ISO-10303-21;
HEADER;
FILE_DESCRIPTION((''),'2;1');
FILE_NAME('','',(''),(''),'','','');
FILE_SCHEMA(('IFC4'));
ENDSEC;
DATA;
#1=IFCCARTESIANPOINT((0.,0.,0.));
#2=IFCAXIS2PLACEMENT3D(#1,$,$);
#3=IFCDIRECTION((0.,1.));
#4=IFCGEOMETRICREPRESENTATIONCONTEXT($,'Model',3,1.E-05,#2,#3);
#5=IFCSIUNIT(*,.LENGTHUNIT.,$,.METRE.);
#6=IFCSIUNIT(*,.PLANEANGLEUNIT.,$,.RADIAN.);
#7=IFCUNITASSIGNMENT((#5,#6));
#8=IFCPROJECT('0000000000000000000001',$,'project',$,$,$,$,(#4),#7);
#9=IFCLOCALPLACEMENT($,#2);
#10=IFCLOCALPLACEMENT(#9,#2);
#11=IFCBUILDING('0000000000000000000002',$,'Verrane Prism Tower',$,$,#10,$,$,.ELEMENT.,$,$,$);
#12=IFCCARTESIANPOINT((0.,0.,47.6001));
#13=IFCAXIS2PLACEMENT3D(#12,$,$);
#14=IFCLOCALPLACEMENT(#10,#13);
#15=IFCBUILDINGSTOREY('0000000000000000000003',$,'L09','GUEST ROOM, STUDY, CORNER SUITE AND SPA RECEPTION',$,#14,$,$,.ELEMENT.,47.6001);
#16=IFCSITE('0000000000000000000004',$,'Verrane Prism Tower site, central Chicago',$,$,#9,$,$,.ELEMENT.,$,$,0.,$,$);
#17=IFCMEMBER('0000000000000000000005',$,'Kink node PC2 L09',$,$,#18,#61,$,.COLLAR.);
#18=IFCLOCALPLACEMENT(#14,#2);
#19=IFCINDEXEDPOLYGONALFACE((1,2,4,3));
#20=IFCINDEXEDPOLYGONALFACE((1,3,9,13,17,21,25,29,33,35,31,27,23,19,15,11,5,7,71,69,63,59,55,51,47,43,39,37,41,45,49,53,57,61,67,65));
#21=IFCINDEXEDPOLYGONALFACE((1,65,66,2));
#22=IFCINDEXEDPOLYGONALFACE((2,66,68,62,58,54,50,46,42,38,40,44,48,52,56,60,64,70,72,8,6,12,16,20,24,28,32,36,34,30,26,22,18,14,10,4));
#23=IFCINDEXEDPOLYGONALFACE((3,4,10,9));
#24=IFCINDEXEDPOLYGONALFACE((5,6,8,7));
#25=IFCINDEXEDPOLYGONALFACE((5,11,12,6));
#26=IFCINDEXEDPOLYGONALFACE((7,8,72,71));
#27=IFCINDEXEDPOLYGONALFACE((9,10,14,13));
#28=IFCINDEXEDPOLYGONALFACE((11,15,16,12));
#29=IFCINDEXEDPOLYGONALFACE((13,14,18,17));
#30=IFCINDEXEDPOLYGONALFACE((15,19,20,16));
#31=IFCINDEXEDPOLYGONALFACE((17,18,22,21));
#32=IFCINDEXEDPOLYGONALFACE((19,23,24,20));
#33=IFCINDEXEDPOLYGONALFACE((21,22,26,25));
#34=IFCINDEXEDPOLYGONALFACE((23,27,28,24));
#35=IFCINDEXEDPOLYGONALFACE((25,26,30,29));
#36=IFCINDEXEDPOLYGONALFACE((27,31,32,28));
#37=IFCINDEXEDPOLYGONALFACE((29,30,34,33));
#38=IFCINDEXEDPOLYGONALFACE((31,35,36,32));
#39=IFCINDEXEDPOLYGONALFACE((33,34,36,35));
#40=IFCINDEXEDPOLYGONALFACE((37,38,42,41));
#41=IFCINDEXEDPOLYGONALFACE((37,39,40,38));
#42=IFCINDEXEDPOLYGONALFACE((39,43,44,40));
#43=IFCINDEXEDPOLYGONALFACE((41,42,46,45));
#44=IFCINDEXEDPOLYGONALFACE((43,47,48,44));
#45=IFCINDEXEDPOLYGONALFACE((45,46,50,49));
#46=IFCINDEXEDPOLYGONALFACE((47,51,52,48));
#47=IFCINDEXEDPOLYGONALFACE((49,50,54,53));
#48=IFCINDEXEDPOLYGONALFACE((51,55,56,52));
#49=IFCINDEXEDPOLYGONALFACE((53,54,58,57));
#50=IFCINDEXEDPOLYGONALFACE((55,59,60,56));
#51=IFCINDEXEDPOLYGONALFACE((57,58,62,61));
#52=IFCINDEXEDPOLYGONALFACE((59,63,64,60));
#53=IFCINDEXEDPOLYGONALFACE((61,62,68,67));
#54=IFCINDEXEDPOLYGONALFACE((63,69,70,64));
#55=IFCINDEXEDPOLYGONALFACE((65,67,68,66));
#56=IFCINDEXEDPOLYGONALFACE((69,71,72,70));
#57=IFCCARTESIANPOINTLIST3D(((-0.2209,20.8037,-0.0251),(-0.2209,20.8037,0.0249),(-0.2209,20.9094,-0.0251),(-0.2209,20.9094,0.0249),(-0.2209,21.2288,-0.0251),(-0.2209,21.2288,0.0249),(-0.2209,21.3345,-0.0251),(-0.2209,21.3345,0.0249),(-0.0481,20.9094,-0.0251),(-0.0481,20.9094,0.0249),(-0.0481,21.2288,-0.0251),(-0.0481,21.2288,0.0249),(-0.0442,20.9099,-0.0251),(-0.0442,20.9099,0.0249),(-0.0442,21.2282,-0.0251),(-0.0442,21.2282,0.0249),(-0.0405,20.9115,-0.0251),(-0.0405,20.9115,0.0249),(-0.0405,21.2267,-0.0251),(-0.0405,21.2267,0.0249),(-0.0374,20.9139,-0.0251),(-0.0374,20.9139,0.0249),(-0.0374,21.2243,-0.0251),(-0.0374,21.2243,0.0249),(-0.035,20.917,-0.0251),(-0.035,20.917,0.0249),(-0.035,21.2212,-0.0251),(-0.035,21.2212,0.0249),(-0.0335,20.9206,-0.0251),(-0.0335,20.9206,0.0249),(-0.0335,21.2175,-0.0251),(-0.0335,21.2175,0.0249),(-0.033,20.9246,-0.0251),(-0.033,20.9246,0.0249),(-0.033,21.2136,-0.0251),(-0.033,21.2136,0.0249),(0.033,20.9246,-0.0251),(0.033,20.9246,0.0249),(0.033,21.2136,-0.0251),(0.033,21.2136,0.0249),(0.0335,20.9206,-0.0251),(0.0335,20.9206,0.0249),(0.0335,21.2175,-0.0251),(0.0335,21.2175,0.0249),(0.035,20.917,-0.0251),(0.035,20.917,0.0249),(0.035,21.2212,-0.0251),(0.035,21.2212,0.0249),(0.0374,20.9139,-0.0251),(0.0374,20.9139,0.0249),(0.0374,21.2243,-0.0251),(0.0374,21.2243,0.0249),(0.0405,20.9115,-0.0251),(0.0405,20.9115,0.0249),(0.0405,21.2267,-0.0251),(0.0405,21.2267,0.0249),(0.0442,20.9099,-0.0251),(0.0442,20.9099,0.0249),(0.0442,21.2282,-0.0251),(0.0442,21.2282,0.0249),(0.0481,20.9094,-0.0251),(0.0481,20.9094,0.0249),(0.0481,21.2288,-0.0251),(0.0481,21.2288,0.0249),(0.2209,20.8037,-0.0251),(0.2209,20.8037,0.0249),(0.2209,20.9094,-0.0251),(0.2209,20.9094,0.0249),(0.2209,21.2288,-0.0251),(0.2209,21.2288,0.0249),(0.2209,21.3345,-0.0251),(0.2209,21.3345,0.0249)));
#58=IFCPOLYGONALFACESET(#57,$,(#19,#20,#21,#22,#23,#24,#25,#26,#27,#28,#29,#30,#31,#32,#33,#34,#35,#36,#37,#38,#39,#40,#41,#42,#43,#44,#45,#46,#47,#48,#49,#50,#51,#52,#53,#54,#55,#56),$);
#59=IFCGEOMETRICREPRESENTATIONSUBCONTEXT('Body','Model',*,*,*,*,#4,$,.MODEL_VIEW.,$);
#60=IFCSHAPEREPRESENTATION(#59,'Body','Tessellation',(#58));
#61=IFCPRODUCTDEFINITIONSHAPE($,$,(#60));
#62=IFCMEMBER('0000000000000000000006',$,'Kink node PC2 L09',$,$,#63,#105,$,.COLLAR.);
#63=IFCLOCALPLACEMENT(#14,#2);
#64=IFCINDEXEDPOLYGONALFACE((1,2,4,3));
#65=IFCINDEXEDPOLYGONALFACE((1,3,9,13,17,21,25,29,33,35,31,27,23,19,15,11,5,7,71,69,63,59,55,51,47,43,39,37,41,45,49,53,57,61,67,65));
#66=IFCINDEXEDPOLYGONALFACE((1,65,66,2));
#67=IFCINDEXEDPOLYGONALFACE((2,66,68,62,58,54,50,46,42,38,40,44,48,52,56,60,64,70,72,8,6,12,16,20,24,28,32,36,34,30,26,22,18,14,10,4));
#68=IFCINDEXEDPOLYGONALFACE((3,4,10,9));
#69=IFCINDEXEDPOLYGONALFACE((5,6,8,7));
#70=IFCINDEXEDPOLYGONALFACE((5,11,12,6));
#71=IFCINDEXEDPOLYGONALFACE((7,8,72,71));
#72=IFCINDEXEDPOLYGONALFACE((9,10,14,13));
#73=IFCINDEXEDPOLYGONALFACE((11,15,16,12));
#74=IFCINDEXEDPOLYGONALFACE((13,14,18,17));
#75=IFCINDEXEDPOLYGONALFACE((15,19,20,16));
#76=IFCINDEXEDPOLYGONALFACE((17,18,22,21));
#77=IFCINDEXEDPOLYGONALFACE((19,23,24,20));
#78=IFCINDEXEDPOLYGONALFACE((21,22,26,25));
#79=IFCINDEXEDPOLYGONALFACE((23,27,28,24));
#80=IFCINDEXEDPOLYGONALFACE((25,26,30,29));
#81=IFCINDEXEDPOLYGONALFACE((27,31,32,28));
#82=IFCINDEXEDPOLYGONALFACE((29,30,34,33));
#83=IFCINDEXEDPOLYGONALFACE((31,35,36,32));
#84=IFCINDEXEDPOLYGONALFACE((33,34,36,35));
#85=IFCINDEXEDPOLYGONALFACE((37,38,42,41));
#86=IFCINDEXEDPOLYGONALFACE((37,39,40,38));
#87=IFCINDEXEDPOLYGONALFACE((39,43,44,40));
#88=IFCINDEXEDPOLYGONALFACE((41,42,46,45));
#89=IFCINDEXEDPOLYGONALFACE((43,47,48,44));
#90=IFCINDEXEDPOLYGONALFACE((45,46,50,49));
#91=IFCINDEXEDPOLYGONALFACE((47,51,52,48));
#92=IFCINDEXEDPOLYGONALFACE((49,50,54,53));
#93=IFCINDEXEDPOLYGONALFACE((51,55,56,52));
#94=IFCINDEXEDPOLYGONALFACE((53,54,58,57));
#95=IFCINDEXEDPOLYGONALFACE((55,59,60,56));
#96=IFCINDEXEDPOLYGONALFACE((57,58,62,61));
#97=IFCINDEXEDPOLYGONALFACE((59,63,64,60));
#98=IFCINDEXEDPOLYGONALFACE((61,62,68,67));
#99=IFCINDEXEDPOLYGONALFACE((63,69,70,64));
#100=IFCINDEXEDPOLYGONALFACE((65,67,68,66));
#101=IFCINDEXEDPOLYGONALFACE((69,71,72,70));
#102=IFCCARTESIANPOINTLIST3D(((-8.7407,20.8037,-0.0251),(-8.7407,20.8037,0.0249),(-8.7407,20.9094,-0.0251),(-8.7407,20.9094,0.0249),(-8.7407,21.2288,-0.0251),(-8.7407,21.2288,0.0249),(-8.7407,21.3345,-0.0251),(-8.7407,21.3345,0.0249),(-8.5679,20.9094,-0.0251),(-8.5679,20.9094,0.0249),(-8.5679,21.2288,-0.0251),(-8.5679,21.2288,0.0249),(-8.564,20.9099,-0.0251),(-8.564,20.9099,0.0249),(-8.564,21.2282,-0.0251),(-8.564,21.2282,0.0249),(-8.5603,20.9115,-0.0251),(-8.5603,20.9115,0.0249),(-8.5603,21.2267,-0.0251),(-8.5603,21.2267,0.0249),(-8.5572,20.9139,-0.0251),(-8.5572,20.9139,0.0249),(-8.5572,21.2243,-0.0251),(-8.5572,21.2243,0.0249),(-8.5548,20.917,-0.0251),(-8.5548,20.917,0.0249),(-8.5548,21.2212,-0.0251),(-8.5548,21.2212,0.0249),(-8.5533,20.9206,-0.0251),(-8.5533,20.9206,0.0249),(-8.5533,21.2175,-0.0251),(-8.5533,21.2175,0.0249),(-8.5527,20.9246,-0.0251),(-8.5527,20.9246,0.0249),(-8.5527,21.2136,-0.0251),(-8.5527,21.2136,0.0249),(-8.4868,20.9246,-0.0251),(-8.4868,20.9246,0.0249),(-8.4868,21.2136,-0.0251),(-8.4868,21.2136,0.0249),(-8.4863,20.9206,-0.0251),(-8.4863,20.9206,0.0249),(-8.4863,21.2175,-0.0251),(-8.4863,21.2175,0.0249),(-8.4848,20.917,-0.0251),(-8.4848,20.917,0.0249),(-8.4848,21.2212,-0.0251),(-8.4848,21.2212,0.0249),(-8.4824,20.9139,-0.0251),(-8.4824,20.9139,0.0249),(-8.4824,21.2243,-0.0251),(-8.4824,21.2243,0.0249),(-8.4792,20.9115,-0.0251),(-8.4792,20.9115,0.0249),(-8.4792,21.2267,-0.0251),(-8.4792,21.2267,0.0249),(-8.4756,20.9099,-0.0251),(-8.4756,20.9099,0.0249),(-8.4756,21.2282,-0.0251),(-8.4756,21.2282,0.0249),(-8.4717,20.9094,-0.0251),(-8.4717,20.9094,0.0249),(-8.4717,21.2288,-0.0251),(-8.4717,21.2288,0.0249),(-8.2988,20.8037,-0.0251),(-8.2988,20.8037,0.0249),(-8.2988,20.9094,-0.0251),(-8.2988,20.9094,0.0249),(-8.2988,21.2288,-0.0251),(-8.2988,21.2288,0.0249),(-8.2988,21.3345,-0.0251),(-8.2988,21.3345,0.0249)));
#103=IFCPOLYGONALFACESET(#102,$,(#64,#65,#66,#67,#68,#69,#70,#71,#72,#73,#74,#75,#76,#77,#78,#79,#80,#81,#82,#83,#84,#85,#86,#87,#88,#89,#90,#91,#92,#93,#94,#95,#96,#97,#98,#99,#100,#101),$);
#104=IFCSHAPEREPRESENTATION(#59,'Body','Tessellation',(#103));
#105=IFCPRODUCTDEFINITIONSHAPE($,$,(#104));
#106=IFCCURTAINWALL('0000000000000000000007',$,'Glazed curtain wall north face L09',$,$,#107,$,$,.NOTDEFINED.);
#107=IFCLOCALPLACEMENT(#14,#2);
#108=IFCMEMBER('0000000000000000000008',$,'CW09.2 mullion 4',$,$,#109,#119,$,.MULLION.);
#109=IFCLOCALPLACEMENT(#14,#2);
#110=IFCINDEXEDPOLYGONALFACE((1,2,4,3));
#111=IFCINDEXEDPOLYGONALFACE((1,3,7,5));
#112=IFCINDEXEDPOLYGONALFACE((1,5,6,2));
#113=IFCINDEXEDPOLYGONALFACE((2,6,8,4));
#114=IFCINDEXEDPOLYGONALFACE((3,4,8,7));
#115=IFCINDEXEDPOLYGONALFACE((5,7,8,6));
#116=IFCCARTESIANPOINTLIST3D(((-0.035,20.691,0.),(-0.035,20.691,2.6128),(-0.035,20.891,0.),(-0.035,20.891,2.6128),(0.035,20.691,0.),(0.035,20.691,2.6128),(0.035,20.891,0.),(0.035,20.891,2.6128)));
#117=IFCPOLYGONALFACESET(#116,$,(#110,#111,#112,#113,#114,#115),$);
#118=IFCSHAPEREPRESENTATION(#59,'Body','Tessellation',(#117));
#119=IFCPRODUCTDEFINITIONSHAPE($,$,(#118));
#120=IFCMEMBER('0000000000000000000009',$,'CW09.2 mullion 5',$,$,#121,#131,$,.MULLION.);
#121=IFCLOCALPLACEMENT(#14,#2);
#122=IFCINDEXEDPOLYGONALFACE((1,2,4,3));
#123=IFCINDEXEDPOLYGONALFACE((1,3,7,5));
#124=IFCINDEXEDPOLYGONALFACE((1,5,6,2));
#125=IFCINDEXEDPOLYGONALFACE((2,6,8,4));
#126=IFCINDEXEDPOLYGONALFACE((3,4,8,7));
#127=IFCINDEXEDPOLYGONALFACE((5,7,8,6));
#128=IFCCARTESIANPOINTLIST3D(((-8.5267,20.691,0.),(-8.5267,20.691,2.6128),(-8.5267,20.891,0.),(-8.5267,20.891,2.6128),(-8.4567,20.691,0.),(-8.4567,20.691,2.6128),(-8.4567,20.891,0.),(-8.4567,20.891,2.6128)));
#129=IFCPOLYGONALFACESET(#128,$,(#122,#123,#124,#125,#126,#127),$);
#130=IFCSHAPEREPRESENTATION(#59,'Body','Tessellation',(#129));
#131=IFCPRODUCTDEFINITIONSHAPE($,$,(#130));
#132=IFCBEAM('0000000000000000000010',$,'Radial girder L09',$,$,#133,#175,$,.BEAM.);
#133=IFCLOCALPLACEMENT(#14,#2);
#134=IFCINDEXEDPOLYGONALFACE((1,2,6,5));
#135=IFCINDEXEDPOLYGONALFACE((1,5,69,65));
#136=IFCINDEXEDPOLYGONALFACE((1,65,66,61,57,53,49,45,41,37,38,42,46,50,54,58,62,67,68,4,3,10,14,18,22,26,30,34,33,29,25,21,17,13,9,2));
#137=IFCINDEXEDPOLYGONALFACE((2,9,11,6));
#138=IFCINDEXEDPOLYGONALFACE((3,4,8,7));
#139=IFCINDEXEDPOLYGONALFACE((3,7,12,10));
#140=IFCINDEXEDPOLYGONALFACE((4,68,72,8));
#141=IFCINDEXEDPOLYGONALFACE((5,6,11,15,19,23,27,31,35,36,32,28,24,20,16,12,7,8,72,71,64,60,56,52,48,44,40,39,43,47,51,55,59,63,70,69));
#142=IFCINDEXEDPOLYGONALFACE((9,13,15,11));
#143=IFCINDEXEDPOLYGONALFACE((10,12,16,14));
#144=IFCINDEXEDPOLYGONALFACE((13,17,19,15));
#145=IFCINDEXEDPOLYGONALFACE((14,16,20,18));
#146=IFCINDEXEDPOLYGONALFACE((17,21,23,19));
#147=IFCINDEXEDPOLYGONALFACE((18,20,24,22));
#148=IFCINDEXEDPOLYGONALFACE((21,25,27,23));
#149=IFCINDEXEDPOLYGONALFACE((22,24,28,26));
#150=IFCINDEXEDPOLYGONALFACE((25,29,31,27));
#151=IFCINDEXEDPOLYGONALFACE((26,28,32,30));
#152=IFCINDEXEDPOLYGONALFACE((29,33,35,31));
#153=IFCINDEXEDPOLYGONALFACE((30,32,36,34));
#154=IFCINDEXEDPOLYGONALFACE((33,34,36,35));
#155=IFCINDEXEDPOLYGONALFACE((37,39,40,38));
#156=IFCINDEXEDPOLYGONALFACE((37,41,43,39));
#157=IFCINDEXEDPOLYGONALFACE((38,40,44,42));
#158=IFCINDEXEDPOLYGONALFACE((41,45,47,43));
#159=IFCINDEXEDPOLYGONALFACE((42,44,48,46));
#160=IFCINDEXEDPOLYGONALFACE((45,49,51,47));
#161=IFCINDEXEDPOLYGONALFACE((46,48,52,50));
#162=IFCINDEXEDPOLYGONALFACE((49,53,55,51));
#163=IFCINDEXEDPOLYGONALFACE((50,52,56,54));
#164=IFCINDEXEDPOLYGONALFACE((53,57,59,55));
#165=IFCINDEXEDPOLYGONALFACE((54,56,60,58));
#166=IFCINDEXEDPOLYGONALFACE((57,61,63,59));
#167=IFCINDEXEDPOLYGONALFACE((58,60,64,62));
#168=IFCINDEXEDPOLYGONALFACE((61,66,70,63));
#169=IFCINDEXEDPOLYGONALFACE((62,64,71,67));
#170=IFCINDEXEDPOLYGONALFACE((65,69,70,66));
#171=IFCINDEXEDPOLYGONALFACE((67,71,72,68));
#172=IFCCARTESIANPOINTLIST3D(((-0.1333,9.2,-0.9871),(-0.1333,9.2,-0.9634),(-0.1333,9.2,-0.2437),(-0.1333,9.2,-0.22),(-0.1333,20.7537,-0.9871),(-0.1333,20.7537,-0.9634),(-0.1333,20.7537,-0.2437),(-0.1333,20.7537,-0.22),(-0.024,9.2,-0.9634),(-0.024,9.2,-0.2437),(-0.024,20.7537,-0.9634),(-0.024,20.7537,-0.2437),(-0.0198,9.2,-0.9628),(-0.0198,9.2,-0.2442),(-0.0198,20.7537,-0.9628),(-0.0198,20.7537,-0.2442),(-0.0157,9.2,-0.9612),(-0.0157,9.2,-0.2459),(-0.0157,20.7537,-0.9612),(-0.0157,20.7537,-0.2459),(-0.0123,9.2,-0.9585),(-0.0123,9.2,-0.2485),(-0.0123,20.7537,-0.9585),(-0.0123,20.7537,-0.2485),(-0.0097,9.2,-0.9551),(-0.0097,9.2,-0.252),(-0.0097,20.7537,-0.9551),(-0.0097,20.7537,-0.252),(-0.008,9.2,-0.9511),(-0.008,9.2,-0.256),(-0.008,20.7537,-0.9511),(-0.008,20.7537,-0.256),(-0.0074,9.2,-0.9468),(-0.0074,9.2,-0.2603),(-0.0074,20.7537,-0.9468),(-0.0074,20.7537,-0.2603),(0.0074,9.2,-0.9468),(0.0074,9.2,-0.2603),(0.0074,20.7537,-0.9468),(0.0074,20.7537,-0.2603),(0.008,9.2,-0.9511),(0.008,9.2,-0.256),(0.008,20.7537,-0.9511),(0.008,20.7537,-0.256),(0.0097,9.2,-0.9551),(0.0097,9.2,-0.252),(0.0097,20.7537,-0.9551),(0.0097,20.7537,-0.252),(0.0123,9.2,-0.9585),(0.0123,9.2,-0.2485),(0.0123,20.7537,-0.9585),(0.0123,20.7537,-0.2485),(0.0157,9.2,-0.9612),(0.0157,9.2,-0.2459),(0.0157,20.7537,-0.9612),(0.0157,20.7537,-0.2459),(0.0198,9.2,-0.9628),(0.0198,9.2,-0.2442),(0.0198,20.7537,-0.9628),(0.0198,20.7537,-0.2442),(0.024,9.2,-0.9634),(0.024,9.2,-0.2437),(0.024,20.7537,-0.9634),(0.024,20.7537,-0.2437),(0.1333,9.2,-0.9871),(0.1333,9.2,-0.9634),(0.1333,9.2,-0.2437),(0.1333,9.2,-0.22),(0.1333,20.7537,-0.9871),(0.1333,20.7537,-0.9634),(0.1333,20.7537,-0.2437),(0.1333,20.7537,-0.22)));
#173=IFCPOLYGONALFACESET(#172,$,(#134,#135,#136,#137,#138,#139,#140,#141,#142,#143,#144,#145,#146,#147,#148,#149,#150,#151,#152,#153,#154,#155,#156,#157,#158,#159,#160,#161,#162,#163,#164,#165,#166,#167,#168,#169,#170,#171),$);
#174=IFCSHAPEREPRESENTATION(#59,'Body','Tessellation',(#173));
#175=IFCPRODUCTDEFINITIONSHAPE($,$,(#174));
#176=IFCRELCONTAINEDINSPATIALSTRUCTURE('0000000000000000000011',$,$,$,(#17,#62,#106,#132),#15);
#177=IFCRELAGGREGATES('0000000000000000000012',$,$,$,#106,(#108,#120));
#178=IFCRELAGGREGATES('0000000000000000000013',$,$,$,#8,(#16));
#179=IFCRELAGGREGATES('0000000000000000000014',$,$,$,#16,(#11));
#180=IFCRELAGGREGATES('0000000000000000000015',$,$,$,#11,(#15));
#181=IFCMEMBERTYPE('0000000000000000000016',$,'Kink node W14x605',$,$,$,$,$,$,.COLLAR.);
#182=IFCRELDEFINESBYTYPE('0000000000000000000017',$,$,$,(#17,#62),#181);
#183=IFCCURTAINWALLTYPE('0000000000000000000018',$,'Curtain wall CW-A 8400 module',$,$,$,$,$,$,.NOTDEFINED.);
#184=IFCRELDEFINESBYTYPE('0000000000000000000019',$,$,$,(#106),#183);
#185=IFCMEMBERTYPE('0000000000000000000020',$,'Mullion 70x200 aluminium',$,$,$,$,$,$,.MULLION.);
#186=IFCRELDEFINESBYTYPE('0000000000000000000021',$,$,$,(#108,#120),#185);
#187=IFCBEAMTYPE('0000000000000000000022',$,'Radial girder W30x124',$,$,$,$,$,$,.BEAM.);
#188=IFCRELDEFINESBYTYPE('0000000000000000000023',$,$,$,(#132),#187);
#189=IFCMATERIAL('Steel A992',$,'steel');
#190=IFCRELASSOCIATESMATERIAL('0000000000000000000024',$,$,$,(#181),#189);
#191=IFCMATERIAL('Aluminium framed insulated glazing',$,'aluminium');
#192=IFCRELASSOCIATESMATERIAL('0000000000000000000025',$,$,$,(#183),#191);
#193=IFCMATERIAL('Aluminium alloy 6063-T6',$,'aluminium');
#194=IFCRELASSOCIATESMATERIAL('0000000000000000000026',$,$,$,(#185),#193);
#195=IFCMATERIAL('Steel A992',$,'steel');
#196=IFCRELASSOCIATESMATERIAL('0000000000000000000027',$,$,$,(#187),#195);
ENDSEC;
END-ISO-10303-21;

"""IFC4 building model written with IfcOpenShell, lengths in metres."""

from ifc_helpers import new_model, si_unit, direction, frame, origin, origin_2d, place, context, subcontext, project, spatial, rectangle, i_section, extrude, material, material_profile, profile_set, type_object, element, aggregate, save


model = new_model("IFC4")

# Units and contexts
model_context = context("Model", 3, precision=1e-05, world=origin(), true_north=direction((0.0, 1.0)))
body_context = subcontext(model_context, "Body", "Model", "MODEL_VIEW")
ifc_project = project(units=[si_unit("LENGTHUNIT", "METRE"), si_unit("PLANEANGLEUNIT", "RADIAN")], contexts=[model_context])

# Site, building, storey
site_placement = place(None, origin())
site = spatial("IfcSite", under=ifc_project, at=site_placement, Name="Verrane Prism Tower site, central Chicago", CompositionType="ELEMENT", RefElevation=0.0)
building_placement = place(site_placement, origin())
building = spatial("IfcBuilding", under=site, at=building_placement, Name="Verrane Prism Tower", CompositionType="ELEMENT")
storey_placement = place(building_placement, frame((0.0, 0.0, 47.6001)))
storey = spatial("IfcBuildingStorey", under=building, at=storey_placement, Name="L09", Description="GUEST ROOM, STUDY, CORNER SUITE AND SPA RECEPTION", CompositionType="ELEMENT", Elevation=47.6001)

# Members
ifc_material_1 = material(Name="Steel A992", Category="steel")
ifc_material_profile_1 = material_profile(ifc_material_1, i_section(OverallWidth=0.4419, OverallDepth=0.5308, WebThickness=0.0659, FlangeThickness=0.1057, FilletRadius=0.0151, at=origin_2d()), Name="W14x605")
ifc_profile_set_1 = profile_set([ifc_material_profile_1], Name="Steel A992")
member_type_1 = type_object("IfcMemberType", Name="Kink node W14x605", PredefinedType="COLLAR", material=ifc_profile_set_1)
for number, where, z_axis, x_axis, name in (
    (1, (0.0, 21.0691, -0.0251), (0.0, 0.0, 1.0), (1.0, 0.0, 0.0), "Kink node PC2 L09"),
    (2, (-8.5198, 21.0691, -0.0251), (0.0, 0.0, 1.0), (1.0, 0.0, 0.0), "Kink node PC2 L09"),
):
    element("IfcMember", number, at=place(storey_placement, frame(where, z_axis=z_axis, x_axis=x_axis)), inside=storey, type_object=member_type_1, Name=name, PredefinedType="COLLAR", context=body_context, shape_type="SweptSolid", body=[
        extrude(i_section(OverallWidth=0.4419, OverallDepth=0.5308, WebThickness=0.0659, FlangeThickness=0.1057, FilletRadius=0.0151, at=origin_2d()), origin(), (0.0, 0.0, 1.0), 0.05),
    ])

# Curtain wall, members
ifc_material_2 = material(Name="Aluminium framed insulated glazing", Category="aluminium")
curtain_wall_type = type_object("IfcCurtainWallType", Name="Curtain wall CW-A 8400 module", PredefinedType="NOTDEFINED", material=ifc_material_2)
curtain_wall_placement = place(storey_placement, origin())
curtain_wall = element("IfcCurtainWall", 3, at=curtain_wall_placement, inside=storey, type_object=curtain_wall_type, Name="Glazed curtain wall north face L09", PredefinedType="NOTDEFINED")
ifc_material_3 = material(Name="Aluminium alloy 6063-T6", Category="aluminium")
ifc_material_profile_2 = material_profile(ifc_material_3, rectangle(XDim=0.2, YDim=0.0701, at=origin_2d()), Name="Mullion 70x200 aluminium")
ifc_profile_set_2 = profile_set([ifc_material_profile_2], Name="Aluminium alloy 6063-T6")
member_type_2 = type_object("IfcMemberType", Name="Mullion 70x200 aluminium", PredefinedType="MULLION", material=ifc_profile_set_2)
member_1_placement = place(storey_placement, frame((0.0, 20.791, 0.0), z_axis=(0.0, 0.0, 1.0), x_axis=(0.0, -1.0, 0.0)))
member_1 = element("IfcMember", 4, at=member_1_placement, type_object=member_type_2, Name="CW09.2 mullion 4", PredefinedType="MULLION", context=body_context, shape_type="SweptSolid", body=[
    extrude(rectangle(XDim=0.2, YDim=0.0701, at=origin_2d()), origin(), (0.0, 0.0, 1.0), 2.6128),
])
member_2_placement = place(storey_placement, frame((-8.4917, 20.791, 0.0), z_axis=(0.0, 0.0, 1.0), x_axis=(0.0, -1.0, 0.0)))
member_2 = element("IfcMember", 5, at=member_2_placement, type_object=member_type_2, Name="CW09.2 mullion 5", PredefinedType="MULLION", context=body_context, shape_type="SweptSolid", body=[
    extrude(rectangle(XDim=0.2, YDim=0.0701, at=origin_2d()), origin(), (0.0, 0.0, 1.0), 2.6128),
])

# Beam
ifc_material_4 = material(Name="Steel A992", Category="steel")
ifc_material_profile_3 = material_profile(ifc_material_4, i_section(OverallWidth=0.2666, OverallDepth=0.7671, WebThickness=0.0149, FlangeThickness=0.0237, FilletRadius=0.0166, at=origin_2d()), Name="W30x124")
ifc_profile_set_3 = profile_set([ifc_material_profile_3], Name="Steel A992")
beam_type_1 = type_object("IfcBeamType", Name="Radial girder W30x124", PredefinedType="BEAM", material=ifc_profile_set_3)
for number, where, z_axis, x_axis, name in (
    (6, (0.0, 20.7537, -0.6035), (0.0, -1.0, 0.0), (1.0, 0.0, 0.0), "Radial girder L09"),
):
    element("IfcBeam", number, at=place(storey_placement, frame(where, z_axis=z_axis, x_axis=x_axis)), inside=storey, type_object=beam_type_1, Name=name, PredefinedType="BEAM", context=body_context, shape_type="SweptSolid", body=[
        extrude(i_section(OverallWidth=0.2666, OverallDepth=0.7671, WebThickness=0.0149, FlangeThickness=0.0237, FilletRadius=0.0166, at=origin_2d()), origin(), (0.0, 0.0, 1.0), 11.5537),
    ])

aggregate(curtain_wall, [member_1, member_2])

save(model, "model.ifc")
